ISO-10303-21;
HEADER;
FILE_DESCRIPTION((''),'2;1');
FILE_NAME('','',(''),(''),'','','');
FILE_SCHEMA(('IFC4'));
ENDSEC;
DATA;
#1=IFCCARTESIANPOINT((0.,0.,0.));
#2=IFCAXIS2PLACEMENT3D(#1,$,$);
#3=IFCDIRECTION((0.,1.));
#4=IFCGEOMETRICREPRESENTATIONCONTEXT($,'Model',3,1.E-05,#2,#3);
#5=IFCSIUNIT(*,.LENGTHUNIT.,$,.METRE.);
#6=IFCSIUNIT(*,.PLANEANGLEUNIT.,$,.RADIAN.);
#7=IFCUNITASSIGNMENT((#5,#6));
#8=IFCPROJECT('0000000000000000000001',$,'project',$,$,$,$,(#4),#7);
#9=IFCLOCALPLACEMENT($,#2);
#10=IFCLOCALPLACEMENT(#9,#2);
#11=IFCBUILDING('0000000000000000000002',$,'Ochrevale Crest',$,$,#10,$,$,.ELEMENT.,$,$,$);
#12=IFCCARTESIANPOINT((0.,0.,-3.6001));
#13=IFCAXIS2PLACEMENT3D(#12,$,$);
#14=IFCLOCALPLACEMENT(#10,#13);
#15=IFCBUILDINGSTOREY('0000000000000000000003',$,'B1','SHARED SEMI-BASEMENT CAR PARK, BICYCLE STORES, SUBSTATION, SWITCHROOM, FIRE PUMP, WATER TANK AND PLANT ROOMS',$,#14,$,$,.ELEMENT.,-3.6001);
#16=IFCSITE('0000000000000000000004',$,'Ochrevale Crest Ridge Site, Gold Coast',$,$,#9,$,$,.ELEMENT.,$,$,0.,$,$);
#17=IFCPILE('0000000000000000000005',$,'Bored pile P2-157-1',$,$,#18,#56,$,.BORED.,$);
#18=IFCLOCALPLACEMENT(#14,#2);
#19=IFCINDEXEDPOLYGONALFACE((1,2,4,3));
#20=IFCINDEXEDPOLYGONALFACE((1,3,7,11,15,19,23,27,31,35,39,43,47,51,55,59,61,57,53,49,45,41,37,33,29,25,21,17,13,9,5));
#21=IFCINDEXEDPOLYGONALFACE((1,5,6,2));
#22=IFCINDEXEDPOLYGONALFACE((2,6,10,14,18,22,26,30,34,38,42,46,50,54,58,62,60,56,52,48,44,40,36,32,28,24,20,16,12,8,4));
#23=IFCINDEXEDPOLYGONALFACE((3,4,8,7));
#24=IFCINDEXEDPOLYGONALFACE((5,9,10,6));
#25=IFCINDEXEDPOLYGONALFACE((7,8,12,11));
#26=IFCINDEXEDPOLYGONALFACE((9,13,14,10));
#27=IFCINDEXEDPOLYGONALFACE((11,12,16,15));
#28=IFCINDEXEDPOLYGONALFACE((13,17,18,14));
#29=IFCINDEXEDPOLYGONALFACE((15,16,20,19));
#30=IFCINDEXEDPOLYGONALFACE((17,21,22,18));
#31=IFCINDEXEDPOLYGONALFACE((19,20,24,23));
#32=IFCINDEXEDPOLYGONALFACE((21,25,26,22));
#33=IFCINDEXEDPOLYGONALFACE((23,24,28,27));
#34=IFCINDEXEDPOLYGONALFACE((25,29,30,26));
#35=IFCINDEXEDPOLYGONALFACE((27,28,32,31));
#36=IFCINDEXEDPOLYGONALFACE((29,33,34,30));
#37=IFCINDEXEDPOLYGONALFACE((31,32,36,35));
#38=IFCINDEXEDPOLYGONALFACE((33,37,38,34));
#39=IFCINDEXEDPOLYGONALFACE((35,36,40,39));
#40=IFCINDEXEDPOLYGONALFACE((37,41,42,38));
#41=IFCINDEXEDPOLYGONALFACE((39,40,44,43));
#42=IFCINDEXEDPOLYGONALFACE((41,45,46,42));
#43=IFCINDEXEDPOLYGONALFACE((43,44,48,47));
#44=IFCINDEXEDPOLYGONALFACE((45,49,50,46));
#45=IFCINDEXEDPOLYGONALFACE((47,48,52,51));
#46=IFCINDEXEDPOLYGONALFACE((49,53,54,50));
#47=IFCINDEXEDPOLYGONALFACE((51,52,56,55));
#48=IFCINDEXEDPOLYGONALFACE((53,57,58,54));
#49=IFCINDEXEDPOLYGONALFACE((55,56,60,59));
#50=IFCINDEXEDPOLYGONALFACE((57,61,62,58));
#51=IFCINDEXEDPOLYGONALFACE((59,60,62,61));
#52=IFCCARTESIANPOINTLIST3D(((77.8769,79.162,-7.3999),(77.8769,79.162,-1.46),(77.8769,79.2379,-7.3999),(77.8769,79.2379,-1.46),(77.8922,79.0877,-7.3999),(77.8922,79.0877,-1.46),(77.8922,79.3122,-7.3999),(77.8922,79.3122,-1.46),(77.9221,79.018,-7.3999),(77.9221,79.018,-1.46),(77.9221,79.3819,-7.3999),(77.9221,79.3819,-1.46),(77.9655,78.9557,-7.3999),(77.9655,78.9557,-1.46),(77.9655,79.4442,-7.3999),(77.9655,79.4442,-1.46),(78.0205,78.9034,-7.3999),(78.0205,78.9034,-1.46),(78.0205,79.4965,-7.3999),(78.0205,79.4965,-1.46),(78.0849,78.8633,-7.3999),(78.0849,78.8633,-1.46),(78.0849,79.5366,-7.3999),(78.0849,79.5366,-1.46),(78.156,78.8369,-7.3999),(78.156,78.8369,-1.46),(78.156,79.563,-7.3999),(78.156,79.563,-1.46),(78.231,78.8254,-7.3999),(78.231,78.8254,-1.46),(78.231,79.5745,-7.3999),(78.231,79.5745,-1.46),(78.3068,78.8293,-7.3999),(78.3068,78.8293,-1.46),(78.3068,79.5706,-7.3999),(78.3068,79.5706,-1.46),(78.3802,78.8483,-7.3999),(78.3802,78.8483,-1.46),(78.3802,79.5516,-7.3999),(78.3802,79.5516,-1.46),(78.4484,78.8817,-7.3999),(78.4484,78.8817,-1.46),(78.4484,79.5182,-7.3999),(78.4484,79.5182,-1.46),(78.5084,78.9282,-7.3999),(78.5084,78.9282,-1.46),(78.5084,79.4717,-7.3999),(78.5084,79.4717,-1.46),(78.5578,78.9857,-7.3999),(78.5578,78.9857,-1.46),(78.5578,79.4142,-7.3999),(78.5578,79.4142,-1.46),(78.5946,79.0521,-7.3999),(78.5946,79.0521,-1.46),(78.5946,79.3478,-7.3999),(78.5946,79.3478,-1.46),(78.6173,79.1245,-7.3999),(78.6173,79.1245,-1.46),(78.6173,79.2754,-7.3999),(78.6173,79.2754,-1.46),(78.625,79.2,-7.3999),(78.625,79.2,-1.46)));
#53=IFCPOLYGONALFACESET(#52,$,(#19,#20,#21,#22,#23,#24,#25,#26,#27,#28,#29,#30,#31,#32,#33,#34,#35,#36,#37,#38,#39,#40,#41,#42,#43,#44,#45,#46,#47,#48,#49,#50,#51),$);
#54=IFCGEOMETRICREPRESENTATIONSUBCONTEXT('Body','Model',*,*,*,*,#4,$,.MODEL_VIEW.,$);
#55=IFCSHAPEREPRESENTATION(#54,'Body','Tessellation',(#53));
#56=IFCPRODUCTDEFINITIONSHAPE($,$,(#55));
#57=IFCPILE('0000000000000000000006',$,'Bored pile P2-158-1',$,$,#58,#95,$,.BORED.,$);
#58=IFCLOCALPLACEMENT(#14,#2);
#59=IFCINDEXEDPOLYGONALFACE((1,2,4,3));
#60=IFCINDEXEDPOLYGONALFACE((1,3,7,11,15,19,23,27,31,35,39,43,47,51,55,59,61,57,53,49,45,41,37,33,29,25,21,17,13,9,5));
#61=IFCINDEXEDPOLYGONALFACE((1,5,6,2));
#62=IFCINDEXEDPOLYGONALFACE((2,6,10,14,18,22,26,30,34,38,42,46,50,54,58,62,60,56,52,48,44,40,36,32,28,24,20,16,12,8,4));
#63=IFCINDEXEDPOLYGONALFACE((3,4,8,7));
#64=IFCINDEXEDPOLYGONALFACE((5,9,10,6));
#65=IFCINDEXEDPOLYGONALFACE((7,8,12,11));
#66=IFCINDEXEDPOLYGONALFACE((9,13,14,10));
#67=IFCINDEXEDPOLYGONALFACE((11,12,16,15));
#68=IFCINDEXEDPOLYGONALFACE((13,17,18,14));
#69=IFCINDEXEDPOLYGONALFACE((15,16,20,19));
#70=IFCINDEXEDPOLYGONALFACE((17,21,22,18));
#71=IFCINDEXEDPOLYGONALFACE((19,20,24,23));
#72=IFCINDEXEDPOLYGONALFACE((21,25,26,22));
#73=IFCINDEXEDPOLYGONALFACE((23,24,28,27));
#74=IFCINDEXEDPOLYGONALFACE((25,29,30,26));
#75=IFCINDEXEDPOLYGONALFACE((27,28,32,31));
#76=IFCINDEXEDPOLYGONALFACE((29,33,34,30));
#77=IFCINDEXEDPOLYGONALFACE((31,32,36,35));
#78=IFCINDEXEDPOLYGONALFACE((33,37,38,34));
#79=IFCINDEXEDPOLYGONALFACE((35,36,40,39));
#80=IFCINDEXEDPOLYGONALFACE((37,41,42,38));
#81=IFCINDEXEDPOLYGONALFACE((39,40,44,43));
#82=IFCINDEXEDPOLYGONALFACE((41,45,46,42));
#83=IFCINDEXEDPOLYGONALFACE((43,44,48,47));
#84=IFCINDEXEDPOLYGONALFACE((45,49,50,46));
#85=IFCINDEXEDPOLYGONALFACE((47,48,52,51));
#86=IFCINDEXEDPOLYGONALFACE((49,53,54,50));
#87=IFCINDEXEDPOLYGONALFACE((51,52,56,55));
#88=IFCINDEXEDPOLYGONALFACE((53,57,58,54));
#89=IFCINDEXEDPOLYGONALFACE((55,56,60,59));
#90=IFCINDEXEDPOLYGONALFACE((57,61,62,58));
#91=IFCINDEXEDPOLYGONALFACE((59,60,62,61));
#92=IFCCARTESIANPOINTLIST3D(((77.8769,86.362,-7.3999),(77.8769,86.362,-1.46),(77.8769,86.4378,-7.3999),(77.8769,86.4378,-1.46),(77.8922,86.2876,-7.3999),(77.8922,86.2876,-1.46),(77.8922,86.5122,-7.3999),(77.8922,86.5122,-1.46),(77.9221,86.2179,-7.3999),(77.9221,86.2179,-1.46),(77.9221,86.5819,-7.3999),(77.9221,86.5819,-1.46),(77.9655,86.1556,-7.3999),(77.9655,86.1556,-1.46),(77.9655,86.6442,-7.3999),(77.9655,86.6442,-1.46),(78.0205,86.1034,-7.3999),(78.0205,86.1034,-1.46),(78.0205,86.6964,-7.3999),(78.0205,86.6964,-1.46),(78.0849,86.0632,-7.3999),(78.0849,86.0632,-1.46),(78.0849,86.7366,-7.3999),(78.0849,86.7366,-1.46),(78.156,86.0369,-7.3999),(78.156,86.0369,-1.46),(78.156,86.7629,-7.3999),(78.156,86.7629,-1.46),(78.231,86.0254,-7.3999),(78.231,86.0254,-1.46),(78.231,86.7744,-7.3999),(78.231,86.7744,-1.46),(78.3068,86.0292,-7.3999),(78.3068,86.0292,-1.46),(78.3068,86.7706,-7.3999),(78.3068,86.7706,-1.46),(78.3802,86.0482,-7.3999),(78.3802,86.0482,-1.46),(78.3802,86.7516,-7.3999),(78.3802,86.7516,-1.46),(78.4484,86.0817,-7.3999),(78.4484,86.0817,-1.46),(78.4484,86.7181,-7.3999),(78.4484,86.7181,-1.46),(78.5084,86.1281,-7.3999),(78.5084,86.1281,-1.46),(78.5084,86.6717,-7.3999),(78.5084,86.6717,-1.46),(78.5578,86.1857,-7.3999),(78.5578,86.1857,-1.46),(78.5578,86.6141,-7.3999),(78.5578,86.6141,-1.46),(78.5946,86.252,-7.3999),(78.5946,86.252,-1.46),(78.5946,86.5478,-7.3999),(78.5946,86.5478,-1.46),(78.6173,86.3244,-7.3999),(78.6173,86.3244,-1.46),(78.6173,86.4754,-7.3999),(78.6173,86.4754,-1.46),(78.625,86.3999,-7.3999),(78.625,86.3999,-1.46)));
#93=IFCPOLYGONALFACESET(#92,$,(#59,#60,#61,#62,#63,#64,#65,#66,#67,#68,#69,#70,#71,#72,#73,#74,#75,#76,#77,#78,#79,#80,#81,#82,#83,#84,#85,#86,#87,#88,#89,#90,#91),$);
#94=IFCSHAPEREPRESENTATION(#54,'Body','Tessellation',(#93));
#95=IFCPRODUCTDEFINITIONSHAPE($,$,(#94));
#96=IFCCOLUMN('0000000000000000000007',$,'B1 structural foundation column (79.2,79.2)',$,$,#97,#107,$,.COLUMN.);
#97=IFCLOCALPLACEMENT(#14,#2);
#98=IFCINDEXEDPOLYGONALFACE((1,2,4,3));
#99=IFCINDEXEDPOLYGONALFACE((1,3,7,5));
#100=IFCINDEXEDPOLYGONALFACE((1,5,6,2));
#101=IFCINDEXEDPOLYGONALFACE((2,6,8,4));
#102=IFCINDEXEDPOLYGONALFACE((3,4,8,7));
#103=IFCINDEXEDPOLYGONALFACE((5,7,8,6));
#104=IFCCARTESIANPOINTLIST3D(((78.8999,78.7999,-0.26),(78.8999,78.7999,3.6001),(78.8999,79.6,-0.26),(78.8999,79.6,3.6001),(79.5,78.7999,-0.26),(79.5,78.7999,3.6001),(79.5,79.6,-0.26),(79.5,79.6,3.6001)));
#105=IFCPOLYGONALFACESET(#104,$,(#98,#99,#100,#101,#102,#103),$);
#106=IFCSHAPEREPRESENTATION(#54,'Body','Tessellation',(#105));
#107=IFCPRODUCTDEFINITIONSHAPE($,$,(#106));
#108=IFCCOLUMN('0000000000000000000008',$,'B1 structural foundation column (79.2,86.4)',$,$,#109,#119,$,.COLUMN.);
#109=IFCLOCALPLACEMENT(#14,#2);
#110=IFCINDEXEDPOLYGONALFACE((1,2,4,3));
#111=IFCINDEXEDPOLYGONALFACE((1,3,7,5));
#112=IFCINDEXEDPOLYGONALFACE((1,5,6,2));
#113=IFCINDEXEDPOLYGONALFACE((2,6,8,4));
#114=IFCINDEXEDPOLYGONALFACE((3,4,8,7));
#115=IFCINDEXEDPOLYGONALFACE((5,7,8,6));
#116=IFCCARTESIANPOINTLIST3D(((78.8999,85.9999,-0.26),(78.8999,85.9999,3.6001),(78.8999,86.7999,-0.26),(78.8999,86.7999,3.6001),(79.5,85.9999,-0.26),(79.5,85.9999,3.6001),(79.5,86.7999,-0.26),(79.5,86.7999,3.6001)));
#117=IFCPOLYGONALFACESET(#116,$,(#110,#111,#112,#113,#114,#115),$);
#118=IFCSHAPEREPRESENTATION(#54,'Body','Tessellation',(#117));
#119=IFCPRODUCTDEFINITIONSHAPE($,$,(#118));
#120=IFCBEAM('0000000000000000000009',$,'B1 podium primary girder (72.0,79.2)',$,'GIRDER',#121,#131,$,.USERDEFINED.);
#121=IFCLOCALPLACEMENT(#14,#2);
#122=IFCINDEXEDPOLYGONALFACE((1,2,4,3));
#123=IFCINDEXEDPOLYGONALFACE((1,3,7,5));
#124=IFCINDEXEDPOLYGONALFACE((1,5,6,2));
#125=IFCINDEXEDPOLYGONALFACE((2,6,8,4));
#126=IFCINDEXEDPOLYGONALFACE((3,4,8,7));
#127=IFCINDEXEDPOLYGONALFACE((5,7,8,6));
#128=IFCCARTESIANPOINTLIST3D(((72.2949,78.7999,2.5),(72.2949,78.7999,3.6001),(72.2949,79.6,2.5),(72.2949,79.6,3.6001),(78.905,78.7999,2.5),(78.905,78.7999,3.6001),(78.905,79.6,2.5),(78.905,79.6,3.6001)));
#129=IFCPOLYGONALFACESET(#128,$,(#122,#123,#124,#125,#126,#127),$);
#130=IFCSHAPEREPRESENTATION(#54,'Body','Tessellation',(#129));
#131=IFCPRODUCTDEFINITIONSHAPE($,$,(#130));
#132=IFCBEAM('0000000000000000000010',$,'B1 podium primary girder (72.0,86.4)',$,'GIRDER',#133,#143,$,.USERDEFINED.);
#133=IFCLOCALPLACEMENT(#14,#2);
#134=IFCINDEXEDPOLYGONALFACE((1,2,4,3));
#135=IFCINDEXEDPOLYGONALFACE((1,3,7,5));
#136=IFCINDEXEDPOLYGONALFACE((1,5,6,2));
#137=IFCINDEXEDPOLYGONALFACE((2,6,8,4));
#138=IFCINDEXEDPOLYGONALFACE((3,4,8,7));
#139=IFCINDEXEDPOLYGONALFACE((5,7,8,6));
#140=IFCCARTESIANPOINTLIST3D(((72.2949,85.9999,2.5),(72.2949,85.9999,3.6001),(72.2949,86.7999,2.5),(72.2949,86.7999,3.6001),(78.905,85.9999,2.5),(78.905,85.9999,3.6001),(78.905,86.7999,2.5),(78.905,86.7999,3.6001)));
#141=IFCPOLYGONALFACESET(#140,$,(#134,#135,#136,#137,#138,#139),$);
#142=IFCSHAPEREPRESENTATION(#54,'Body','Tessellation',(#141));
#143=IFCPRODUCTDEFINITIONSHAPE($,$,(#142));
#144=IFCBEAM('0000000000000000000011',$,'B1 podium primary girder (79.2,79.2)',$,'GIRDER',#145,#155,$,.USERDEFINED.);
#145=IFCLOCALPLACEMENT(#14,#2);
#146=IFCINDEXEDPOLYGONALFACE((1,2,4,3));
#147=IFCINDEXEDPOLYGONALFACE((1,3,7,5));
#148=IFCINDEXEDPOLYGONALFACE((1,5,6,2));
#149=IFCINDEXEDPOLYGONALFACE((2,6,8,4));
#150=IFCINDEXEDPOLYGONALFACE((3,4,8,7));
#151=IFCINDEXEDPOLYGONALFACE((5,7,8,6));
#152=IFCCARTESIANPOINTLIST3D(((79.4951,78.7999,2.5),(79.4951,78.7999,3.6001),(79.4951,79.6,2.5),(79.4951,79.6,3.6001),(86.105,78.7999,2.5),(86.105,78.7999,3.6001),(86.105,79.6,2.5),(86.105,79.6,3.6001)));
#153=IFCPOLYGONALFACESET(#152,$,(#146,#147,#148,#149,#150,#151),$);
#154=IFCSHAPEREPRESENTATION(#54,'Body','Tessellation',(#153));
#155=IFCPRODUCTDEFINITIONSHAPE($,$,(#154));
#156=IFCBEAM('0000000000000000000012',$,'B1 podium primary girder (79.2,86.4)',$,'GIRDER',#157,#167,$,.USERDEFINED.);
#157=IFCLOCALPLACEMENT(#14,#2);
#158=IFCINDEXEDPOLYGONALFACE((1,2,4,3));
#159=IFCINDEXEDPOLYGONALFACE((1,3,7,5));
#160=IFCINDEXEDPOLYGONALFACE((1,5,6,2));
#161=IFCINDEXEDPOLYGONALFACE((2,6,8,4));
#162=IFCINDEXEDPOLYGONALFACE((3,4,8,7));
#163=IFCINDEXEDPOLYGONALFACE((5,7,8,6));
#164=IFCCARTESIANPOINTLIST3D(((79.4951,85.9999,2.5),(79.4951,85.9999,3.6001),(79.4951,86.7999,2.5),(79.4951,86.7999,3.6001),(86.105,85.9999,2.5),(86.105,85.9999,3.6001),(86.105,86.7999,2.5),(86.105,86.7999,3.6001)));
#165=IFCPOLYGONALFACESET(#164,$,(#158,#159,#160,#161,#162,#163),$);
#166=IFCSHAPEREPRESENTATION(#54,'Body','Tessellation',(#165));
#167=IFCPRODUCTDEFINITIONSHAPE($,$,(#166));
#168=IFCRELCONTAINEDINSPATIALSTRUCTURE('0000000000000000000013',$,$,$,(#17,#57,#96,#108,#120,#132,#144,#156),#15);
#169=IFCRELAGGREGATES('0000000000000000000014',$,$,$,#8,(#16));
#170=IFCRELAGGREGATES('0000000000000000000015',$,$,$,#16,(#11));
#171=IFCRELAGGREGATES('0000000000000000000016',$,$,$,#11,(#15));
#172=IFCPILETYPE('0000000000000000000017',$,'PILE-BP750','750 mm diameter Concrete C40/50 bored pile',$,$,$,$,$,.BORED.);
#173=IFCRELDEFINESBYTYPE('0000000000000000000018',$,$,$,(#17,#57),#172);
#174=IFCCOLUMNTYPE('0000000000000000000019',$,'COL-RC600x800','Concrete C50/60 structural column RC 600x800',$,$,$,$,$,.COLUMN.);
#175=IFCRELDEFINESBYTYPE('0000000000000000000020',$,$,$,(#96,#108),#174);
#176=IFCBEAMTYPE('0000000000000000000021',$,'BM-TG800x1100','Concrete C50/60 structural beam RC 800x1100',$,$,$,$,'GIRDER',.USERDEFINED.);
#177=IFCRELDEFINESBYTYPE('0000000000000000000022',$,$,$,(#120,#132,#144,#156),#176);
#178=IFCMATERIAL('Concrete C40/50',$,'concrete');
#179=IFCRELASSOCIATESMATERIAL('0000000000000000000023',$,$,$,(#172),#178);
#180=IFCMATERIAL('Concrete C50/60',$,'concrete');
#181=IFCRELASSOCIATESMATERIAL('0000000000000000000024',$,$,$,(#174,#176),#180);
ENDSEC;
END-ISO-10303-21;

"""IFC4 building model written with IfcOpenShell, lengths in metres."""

from ifc_helpers import new_model, si_unit, direction, frame, origin, origin_2d, place, context, subcontext, project, spatial, rectangle, circle, extrude, material, material_profile, profile_set, type_object, element, save


model = new_model("IFC4")

# Units and contexts
model_context = context("Model", 3, precision=1e-05, world=origin(), true_north=direction((0.0, 1.0)))
body_context = subcontext(model_context, "Body", "Model", "MODEL_VIEW")
ifc_project = project(units=[si_unit("LENGTHUNIT", "METRE"), si_unit("PLANEANGLEUNIT", "RADIAN")], contexts=[model_context])

# Site, building, storey
site_placement = place(None, origin())
site = spatial("IfcSite", under=ifc_project, at=site_placement, Name="Ochrevale Crest Ridge Site, Gold Coast", CompositionType="ELEMENT", RefElevation=0.0)
building_placement = place(site_placement, origin())
building = spatial("IfcBuilding", under=site, at=building_placement, Name="Ochrevale Crest", CompositionType="ELEMENT")
storey_placement = place(building_placement, frame((0.0, 0.0, -3.6001)))
storey = spatial("IfcBuildingStorey", under=building, at=storey_placement, Name="B1", Description="SHARED SEMI-BASEMENT CAR PARK, BICYCLE STORES, SUBSTATION, SWITCHROOM, FIRE PUMP, WATER TANK AND PLANT ROOMS", CompositionType="ELEMENT", Elevation=-3.6001)

# Shared definitions
ifc_material_1 = material(Name="Concrete C40/50", Category="concrete")

# Piles
ifc_material_profile_1 = material_profile(ifc_material_1, circle(Radius=0.375, at=origin_2d()), Name="BORED PILE 750")
ifc_profile_set_1 = profile_set([ifc_material_profile_1], Name="Concrete C40/50")
pile_type = type_object("IfcPileType", Name="PILE-BP750", Description="750 mm diameter Concrete C40/50 bored pile", PredefinedType="BORED", material=ifc_profile_set_1)
for number, where, z_axis, x_axis, name in (
    (1, (78.25, 79.2, -1.46), (0.0, 0.0, -1.0), (1.0, 0.0, 0.0), "Bored pile P2-157-1"),
    (2, (78.25, 86.3999, -1.46), (0.0, 0.0, -1.0), (1.0, 0.0, 0.0), "Bored pile P2-158-1"),
):
    element("IfcPile", number, at=place(storey_placement, frame(where, z_axis=z_axis, x_axis=x_axis)), inside=storey, type_object=pile_type, Name=name, PredefinedType="BORED", context=body_context, shape_type="SweptSolid", body=[
        extrude(circle(Radius=0.375, at=origin_2d()), origin(), (0.0, 0.0, 1.0), 5.9399),
    ])

# Columns
ifc_material_2 = material(Name="Concrete C50/60", Category="concrete")
ifc_material_profile_2 = material_profile(ifc_material_2, rectangle(XDim=0.6001, YDim=0.8, at=origin_2d()), Name="RC 600x800")
ifc_profile_set_2 = profile_set([ifc_material_profile_2], Name="Concrete C50/60")
column_type = type_object("IfcColumnType", Name="COL-RC600x800", Description="Concrete C50/60 structural column RC 600x800", PredefinedType="COLUMN", material=ifc_profile_set_2)
for number, where, z_axis, x_axis, name in (
    (3, (79.2, 79.2, -0.26), (0.0, 0.0, 1.0), (1.0, 0.0, 0.0), "B1 structural foundation column (79.2,79.2)"),
    (4, (79.2, 86.3999, -0.26), (0.0, 0.0, 1.0), (1.0, 0.0, 0.0), "B1 structural foundation column (79.2,86.4)"),
):
    element("IfcColumn", number, at=place(storey_placement, frame(where, z_axis=z_axis, x_axis=x_axis)), inside=storey, type_object=column_type, Name=name, PredefinedType="COLUMN", context=body_context, shape_type="SweptSolid", body=[
        extrude(rectangle(XDim=0.6001, YDim=0.8, at=origin_2d()), origin(), (0.0, 0.0, 1.0), 3.8601),
    ])

# Beams
ifc_material_profile_3 = material_profile(ifc_material_2, rectangle(XDim=0.8, YDim=1.1001, at=origin_2d()), Name="RC 800x1100")
ifc_profile_set_3 = profile_set([ifc_material_profile_3], Name="Concrete C50/60")
beam_type_1 = type_object("IfcBeamType", Name="BM-TG800x1100", Description="Concrete C50/60 structural beam RC 800x1100", ElementType="GIRDER", PredefinedType="USERDEFINED", material=ifc_profile_set_3)
for number, where, z_axis, x_axis, name in (
    (5, (72.2949, 79.2, 3.05), (1.0, 0.0, 0.0), (0.0, 1.0, 0.0), "B1 podium primary girder (72.0,79.2)"),
    (6, (72.2949, 86.3999, 3.05), (1.0, 0.0, 0.0), (0.0, 1.0, 0.0), "B1 podium primary girder (72.0,86.4)"),
):
    element("IfcBeam", number, at=place(storey_placement, frame(where, z_axis=z_axis, x_axis=x_axis)), inside=storey, type_object=beam_type_1, Name=name, ObjectType="GIRDER", PredefinedType="USERDEFINED", context=body_context, shape_type="SweptSolid", body=[
        extrude(rectangle(XDim=0.8, YDim=1.1001, at=origin_2d()), origin(), (0.0, 0.0, 1.0), 6.6101),
    ])
for number, where, z_axis, x_axis, name in (
    (7, (79.4951, 79.2, 3.05), (1.0, 0.0, 0.0), (0.0, 1.0, 0.0), "B1 podium primary girder (79.2,79.2)"),
    (8, (79.4951, 86.3999, 3.05), (1.0, 0.0, 0.0), (0.0, 1.0, 0.0), "B1 podium primary girder (79.2,86.4)"),
):
    element("IfcBeam", number, at=place(storey_placement, frame(where, z_axis=z_axis, x_axis=x_axis)), inside=storey, type_object=beam_type_1, Name=name, ObjectType="GIRDER", PredefinedType="USERDEFINED", context=body_context, shape_type="SweptSolid", body=[
        extrude(rectangle(XDim=0.8, YDim=1.1001, at=origin_2d()), origin(), (0.0, 0.0, 1.0), 6.6099),
    ])

save(model, "model.ifc")
